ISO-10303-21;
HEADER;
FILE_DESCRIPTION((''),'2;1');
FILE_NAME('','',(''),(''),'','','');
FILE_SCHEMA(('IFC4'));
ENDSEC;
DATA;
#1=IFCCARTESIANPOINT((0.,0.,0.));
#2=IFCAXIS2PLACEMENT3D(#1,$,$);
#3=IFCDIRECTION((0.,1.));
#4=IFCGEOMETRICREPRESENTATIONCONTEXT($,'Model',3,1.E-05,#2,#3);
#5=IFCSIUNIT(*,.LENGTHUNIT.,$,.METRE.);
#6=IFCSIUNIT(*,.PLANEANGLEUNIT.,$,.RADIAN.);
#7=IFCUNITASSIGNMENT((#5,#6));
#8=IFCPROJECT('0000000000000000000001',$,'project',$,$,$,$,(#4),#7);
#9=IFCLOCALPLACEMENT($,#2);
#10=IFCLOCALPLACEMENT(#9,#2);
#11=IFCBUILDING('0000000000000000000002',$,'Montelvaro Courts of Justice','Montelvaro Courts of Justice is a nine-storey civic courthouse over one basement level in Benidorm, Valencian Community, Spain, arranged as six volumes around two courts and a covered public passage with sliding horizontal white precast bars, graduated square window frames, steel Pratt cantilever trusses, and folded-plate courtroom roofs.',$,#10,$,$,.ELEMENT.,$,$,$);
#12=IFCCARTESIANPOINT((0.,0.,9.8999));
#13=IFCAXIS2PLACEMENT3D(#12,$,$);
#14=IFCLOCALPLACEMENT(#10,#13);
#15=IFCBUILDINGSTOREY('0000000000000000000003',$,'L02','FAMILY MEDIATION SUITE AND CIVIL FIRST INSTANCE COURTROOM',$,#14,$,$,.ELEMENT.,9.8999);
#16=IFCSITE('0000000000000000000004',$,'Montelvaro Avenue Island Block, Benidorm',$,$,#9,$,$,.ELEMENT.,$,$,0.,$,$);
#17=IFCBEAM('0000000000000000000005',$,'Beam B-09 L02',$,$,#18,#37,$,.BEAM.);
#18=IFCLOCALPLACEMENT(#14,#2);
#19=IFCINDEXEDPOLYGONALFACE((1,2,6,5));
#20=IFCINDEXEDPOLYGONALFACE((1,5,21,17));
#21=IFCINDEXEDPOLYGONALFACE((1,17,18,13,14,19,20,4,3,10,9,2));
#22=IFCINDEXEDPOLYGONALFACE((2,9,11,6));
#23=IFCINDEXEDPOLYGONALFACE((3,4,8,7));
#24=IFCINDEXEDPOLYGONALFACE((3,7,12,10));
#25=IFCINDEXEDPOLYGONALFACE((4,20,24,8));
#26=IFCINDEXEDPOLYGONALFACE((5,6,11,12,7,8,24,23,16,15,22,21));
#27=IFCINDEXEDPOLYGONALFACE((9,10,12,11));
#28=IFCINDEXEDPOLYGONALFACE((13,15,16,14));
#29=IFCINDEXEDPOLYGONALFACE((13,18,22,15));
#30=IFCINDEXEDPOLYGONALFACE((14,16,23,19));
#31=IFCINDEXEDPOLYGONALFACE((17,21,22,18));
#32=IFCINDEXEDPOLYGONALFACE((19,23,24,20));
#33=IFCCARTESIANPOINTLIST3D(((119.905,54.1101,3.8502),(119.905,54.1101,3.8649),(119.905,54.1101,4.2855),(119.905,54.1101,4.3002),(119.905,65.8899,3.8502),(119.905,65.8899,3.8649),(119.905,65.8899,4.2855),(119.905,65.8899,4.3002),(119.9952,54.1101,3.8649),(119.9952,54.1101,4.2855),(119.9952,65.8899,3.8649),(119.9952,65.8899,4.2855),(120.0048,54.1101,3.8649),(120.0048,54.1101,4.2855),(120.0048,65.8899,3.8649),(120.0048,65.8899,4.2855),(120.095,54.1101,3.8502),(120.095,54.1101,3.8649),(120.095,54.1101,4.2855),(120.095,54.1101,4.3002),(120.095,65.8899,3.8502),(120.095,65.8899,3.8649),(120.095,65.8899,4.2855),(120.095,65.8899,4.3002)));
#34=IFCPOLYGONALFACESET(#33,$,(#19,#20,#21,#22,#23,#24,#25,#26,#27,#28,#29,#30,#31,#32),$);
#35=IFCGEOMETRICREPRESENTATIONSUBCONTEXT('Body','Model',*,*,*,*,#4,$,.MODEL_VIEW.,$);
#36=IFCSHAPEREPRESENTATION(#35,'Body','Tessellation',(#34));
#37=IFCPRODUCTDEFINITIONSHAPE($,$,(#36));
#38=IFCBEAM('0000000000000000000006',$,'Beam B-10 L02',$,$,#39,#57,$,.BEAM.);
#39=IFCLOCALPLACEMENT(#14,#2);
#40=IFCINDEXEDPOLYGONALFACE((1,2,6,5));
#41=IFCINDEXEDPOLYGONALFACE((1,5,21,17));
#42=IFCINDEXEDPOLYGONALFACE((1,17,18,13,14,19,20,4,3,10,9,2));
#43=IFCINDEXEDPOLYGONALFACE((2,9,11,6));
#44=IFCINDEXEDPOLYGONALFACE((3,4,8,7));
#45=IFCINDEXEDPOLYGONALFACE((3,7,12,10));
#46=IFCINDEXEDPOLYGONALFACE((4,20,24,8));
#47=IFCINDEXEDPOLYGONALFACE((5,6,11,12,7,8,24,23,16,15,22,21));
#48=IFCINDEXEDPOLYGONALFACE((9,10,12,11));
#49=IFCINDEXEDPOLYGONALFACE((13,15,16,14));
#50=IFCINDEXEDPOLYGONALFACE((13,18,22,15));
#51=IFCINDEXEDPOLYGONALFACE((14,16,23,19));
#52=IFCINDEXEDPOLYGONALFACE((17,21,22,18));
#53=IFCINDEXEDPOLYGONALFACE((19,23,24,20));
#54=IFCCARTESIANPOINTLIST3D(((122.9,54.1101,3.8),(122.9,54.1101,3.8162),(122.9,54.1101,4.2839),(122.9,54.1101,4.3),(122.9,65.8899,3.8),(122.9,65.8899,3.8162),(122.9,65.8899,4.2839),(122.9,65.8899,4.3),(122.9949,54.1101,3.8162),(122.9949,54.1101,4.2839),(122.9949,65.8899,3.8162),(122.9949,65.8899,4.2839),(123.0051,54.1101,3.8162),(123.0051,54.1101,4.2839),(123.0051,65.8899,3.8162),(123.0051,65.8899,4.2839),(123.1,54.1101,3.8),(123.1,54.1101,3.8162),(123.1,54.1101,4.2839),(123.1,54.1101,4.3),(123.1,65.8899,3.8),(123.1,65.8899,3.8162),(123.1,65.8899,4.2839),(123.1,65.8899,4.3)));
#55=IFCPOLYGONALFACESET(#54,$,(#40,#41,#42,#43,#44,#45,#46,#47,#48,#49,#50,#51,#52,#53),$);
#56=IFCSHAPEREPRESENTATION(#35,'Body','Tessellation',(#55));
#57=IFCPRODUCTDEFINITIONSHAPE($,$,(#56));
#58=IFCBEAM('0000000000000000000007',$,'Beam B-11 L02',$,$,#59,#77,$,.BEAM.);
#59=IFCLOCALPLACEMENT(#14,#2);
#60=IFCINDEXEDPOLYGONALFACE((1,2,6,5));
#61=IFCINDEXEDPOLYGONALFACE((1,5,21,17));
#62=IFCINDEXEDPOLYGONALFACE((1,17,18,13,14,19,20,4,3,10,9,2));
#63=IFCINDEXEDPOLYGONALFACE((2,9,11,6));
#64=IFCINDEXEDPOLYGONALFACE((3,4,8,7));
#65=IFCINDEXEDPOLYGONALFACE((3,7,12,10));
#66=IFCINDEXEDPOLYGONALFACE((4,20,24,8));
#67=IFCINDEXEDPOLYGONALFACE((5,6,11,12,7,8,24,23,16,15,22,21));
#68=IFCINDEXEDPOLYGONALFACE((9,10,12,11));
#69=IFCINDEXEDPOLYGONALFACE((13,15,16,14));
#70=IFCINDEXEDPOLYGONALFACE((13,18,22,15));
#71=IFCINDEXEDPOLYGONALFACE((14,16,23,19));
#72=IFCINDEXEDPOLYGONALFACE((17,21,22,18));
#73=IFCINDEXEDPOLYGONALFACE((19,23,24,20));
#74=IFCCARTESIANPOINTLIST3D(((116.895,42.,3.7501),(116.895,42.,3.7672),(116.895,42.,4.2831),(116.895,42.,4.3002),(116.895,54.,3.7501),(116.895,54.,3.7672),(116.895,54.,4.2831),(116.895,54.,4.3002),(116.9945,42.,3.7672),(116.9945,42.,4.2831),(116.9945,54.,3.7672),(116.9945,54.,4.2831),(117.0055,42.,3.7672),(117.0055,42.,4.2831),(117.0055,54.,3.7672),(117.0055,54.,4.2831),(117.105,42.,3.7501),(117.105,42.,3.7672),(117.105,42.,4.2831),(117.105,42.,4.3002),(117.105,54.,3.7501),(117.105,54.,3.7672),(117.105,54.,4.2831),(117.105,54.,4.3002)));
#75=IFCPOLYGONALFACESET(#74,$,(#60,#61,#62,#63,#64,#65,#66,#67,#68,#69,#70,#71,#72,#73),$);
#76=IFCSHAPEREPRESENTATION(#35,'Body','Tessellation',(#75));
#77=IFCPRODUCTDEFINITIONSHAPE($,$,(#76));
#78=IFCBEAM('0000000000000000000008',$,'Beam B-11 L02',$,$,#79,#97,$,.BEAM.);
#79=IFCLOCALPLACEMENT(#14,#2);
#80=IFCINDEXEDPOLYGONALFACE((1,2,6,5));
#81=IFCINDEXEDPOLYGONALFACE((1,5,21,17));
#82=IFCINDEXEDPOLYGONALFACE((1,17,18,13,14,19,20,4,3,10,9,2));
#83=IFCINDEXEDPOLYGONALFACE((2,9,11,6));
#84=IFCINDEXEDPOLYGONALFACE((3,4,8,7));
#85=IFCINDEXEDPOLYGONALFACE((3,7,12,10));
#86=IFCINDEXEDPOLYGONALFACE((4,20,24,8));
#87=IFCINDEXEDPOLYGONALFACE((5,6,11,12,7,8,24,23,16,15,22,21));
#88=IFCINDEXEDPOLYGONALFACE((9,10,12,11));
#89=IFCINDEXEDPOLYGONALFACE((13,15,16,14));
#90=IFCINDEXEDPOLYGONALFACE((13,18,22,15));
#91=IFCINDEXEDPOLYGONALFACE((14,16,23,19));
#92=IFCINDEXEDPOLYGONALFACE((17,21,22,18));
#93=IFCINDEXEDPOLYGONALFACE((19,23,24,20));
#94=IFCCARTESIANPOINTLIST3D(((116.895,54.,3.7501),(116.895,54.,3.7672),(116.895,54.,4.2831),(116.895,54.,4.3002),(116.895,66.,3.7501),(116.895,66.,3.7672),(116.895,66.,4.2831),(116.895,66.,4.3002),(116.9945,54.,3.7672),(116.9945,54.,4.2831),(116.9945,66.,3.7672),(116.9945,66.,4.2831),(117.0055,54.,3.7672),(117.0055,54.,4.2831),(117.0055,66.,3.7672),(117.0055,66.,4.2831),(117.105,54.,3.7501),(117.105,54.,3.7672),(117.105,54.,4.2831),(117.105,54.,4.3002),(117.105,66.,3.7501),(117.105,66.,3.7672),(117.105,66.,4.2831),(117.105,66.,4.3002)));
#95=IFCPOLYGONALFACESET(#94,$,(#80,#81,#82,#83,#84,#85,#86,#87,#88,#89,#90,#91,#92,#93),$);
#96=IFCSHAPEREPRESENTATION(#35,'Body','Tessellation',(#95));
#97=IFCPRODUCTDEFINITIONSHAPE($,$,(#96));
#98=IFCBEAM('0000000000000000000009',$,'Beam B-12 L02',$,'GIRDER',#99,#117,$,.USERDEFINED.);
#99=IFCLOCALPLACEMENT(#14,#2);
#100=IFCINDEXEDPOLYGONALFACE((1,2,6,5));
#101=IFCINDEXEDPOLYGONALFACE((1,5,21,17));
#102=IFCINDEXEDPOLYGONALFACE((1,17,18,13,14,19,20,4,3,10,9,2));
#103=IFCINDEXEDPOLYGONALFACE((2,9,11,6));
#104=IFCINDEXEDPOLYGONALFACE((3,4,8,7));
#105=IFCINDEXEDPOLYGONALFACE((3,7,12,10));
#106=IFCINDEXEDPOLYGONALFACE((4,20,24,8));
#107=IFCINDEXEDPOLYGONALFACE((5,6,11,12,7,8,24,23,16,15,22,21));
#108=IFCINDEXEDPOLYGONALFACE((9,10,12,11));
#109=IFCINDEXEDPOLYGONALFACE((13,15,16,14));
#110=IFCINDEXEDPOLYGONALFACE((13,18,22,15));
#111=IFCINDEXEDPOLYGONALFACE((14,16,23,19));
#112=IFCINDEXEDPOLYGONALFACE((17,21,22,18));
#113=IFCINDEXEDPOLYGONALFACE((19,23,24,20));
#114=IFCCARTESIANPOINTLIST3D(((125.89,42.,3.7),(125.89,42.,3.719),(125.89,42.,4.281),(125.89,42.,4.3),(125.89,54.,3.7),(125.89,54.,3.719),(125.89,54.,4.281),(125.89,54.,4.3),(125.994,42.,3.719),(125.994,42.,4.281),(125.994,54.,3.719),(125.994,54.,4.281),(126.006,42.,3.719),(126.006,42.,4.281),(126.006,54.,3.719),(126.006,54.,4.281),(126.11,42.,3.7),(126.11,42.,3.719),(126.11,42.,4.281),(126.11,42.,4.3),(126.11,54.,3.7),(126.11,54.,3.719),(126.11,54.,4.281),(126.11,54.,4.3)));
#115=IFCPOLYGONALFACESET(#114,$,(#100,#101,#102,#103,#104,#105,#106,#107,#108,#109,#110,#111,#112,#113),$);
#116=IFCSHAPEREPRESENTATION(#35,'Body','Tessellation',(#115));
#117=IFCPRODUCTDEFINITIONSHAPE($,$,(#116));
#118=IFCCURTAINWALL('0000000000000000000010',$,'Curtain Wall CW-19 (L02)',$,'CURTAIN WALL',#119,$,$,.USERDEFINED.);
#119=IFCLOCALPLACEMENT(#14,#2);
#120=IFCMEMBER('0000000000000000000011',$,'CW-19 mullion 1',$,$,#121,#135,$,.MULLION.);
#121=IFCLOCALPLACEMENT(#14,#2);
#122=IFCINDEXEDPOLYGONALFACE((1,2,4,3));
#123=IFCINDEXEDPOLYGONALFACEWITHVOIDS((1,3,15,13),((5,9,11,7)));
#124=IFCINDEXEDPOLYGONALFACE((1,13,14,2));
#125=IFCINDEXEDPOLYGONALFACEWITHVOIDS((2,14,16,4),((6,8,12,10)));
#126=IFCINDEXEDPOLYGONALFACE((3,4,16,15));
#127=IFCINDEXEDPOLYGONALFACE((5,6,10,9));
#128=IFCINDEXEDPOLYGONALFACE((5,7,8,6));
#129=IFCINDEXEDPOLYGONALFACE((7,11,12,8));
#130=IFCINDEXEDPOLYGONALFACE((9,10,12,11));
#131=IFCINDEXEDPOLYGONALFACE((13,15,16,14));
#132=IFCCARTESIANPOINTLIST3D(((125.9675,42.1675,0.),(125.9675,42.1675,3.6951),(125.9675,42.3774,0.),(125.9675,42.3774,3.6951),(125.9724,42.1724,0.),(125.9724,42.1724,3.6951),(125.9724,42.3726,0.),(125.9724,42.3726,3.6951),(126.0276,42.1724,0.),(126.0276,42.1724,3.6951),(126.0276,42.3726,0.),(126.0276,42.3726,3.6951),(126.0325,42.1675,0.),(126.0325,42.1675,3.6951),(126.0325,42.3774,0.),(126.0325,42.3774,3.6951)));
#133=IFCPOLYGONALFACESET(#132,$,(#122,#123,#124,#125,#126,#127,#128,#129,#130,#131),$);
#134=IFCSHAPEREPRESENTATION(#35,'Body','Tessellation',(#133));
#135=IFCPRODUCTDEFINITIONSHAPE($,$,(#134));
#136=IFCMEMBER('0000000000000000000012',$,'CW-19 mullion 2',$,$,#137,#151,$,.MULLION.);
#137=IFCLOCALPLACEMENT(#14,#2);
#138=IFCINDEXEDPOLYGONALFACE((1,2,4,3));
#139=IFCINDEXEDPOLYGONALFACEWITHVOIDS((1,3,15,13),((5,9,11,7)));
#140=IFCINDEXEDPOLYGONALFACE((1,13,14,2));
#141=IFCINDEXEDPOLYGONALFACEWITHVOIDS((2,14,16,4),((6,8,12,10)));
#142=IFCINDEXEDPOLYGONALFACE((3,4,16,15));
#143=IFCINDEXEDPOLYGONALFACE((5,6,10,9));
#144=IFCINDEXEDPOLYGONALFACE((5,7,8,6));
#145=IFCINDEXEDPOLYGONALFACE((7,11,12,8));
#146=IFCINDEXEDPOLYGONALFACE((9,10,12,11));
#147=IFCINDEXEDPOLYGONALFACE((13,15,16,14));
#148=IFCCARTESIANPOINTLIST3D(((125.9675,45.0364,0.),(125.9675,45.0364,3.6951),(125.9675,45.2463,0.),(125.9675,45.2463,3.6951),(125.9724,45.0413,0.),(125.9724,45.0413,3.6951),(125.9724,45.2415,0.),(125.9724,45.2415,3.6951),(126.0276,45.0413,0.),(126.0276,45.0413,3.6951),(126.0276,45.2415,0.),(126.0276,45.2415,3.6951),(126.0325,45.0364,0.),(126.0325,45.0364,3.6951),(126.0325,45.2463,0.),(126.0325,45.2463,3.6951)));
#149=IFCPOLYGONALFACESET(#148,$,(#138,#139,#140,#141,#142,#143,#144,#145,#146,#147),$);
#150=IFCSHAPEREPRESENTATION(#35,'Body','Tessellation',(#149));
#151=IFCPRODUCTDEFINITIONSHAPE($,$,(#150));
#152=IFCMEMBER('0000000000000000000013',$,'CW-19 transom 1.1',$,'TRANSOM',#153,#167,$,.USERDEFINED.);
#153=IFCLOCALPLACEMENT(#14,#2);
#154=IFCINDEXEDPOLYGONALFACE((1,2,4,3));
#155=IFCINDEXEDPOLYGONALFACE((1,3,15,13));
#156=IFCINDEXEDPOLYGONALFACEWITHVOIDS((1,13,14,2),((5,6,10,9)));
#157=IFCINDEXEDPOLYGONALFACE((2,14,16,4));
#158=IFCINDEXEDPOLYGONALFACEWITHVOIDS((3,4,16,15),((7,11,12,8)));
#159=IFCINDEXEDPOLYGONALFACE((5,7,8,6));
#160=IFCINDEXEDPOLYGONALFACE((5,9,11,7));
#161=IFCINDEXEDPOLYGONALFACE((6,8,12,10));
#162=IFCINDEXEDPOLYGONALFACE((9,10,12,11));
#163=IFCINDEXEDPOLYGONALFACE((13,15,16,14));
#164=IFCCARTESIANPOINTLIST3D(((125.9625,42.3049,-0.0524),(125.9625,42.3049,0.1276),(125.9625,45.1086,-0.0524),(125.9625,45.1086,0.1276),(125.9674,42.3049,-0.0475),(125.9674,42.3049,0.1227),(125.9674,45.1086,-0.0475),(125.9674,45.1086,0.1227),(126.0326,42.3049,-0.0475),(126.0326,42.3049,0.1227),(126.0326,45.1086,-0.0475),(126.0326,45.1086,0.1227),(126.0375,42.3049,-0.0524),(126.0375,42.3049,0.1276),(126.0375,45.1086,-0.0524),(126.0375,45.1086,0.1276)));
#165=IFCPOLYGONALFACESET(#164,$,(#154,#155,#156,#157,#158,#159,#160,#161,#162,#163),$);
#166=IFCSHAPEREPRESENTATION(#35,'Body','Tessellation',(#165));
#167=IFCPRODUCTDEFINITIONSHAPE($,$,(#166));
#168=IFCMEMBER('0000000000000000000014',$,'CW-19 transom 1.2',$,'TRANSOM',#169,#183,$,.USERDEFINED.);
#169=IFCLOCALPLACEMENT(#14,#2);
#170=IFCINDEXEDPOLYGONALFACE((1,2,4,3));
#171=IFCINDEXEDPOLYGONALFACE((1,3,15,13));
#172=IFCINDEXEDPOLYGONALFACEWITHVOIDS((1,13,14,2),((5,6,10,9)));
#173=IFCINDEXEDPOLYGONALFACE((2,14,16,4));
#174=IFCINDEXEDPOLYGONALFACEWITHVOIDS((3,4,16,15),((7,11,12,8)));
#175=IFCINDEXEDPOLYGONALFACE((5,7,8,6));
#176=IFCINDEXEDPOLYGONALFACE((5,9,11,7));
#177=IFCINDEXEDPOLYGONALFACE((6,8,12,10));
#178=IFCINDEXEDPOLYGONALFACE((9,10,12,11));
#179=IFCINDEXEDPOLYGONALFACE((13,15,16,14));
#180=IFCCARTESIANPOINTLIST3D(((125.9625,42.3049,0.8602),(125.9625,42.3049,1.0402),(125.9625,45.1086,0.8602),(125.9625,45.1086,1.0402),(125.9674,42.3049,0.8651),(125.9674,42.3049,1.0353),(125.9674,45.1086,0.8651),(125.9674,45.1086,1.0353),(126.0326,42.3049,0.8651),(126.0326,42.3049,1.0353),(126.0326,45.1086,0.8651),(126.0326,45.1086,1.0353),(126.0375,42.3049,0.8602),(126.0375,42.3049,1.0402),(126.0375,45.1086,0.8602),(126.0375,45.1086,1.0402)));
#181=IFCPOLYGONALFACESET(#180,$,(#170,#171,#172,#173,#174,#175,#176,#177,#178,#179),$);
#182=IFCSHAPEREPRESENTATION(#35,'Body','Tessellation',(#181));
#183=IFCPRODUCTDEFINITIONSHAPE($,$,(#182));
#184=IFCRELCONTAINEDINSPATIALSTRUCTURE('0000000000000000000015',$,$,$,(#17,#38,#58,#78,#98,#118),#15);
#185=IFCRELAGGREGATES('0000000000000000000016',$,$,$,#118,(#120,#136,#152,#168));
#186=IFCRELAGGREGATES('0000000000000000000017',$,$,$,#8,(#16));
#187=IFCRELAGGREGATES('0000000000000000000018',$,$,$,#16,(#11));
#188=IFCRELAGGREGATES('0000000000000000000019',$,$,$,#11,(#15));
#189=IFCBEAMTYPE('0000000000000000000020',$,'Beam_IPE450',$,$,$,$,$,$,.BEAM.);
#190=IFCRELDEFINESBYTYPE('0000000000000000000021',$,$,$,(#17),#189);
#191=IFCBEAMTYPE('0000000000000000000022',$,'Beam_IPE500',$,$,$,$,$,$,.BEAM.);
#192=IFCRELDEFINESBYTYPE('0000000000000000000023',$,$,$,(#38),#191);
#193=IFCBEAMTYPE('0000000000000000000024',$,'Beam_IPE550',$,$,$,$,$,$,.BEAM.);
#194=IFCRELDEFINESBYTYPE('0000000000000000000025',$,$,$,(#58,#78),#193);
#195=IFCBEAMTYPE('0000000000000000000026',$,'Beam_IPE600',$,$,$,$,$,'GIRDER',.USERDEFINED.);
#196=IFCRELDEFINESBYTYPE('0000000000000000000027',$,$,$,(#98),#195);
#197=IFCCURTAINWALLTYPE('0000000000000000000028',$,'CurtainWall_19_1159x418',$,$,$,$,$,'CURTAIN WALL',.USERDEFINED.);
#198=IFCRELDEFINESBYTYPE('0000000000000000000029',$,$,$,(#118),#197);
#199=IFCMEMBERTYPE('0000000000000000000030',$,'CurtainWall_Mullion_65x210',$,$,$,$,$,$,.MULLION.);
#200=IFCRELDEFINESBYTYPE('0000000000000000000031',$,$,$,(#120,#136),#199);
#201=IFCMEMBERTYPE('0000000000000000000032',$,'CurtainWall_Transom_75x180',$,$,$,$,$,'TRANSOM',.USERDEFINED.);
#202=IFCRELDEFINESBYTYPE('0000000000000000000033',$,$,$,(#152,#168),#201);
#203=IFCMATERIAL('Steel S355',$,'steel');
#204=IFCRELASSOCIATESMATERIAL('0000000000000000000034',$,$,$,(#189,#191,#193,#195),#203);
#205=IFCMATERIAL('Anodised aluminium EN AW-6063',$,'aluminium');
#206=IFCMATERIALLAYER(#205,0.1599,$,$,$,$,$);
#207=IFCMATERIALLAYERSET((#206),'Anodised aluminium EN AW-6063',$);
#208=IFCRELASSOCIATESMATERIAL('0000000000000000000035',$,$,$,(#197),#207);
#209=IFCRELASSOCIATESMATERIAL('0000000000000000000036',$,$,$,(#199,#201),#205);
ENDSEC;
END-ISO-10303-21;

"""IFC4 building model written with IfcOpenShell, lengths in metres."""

from ifc_helpers import new_model, si_unit, direction, frame, origin, origin_2d, place, context, subcontext, project, spatial, hollow_rectangle, i_section, extrude, material, layer, layer_set, material_profile, profile_set, type_object, element, aggregate, save


model = new_model("IFC4")

# Units and contexts
model_context = context("Model", 3, precision=1e-05, world=origin(), true_north=direction((0.0, 1.0)))
body_context = subcontext(model_context, "Body", "Model", "MODEL_VIEW")
ifc_project = project(units=[si_unit("LENGTHUNIT", "METRE"), si_unit("PLANEANGLEUNIT", "RADIAN")], contexts=[model_context])

# Site, building, storey
site_placement = place(None, origin())
site = spatial("IfcSite", under=ifc_project, at=site_placement, Name="Montelvaro Avenue Island Block, Benidorm", CompositionType="ELEMENT", RefElevation=0.0)
building_placement = place(site_placement, origin())
building = spatial("IfcBuilding", under=site, at=building_placement, Name="Montelvaro Courts of Justice", Description="Montelvaro Courts of Justice is a nine-storey civic courthouse over one basement level in Benidorm, Valencian Community, Spain, arranged as six volumes around two courts and a covered public passage with sliding horizontal white precast bars, graduated square window frames, steel Pratt cantilever trusses, and folded-plate courtroom roofs.", CompositionType="ELEMENT")
storey_placement = place(building_placement, frame((0.0, 0.0, 9.8999)))
storey = spatial("IfcBuildingStorey", under=building, at=storey_placement, Name="L02", Description="FAMILY MEDIATION SUITE AND CIVIL FIRST INSTANCE COURTROOM", CompositionType="ELEMENT", Elevation=9.8999)

# Shared definitions
ifc_material_1 = material(Name="Steel S355", Category="steel")

# Beams
ifc_material_profile_1 = material_profile(ifc_material_1, i_section(OverallWidth=0.1899, OverallDepth=0.45, WebThickness=0.0095, FlangeThickness=0.0146, at=origin_2d()), Name="IPE 450")
ifc_profile_set_1 = profile_set([ifc_material_profile_1], Name="Steel S355")
beam_type_1 = type_object("IfcBeamType", Name="Beam_IPE450", PredefinedType="BEAM", material=ifc_profile_set_1)
for number, where, z_axis, x_axis, name in (
    (1, (120.0, 54.1101, 4.0752), (0.0, 1.0, 0.0), (-1.0, 0.0, 0.0), "Beam B-09 L02"),
):
    element("IfcBeam", number, at=place(storey_placement, frame(where, z_axis=z_axis, x_axis=x_axis)), inside=storey, type_object=beam_type_1, Name=name, PredefinedType="BEAM", context=body_context, shape_type="SweptSolid", body=[
        extrude(i_section(OverallWidth=0.1899, OverallDepth=0.45, WebThickness=0.0095, FlangeThickness=0.0146, at=origin_2d()), origin(), (0.0, 0.0, 1.0), 11.7798),
    ])
ifc_material_profile_2 = material_profile(ifc_material_1, i_section(OverallWidth=0.2, OverallDepth=0.5, WebThickness=0.0103, FlangeThickness=0.0161, at=origin_2d()), Name="IPE 500")
ifc_profile_set_2 = profile_set([ifc_material_profile_2], Name="Steel S355")
beam_type_2 = type_object("IfcBeamType", Name="Beam_IPE500", PredefinedType="BEAM", material=ifc_profile_set_2)
beam_1_placement = place(storey_placement, frame((123.0, 54.1101, 4.05), z_axis=(0.0, 1.0, 0.0), x_axis=(-1.0, 0.0, 0.0)))
element("IfcBeam", 2, at=beam_1_placement, inside=storey, type_object=beam_type_2, Name="Beam B-10 L02", PredefinedType="BEAM", context=body_context, shape_type="SweptSolid", body=[
    extrude(i_section(OverallWidth=0.2, OverallDepth=0.5, WebThickness=0.0103, FlangeThickness=0.0161, at=origin_2d()), origin(), (0.0, 0.0, 1.0), 11.7798),
])
ifc_material_profile_3 = material_profile(ifc_material_1, i_section(OverallWidth=0.21, OverallDepth=0.55, WebThickness=0.011, FlangeThickness=0.0171, at=origin_2d()), Name="IPE 550")
ifc_profile_set_3 = profile_set([ifc_material_profile_3], Name="Steel S355")
beam_type_3 = type_object("IfcBeamType", Name="Beam_IPE550", PredefinedType="BEAM", material=ifc_profile_set_3)
for number, where, z_axis, x_axis, name in (
    (3, (117.0, 42.0, 4.0251), (0.0, 1.0, 0.0), (-1.0, 0.0, 0.0), "Beam B-11 L02"),
    (4, (117.0, 54.0, 4.0251), (0.0, 1.0, 0.0), (-1.0, 0.0, 0.0), "Beam B-11 L02"),
):
    element("IfcBeam", number, at=place(storey_placement, frame(where, z_axis=z_axis, x_axis=x_axis)), inside=storey, type_object=beam_type_3, Name=name, PredefinedType="BEAM", context=body_context, shape_type="SweptSolid", body=[
        extrude(i_section(OverallWidth=0.21, OverallDepth=0.55, WebThickness=0.011, FlangeThickness=0.0171, at=origin_2d()), origin(), (0.0, 0.0, 1.0), 12.0),
    ])
ifc_material_profile_4 = material_profile(ifc_material_1, i_section(OverallWidth=0.22, OverallDepth=0.6001, WebThickness=0.012, FlangeThickness=0.019, at=origin_2d()), Name="IPE 600")
ifc_profile_set_4 = profile_set([ifc_material_profile_4], Name="Steel S355")
beam_type_4 = type_object("IfcBeamType", Name="Beam_IPE600", ElementType="GIRDER", PredefinedType="USERDEFINED", material=ifc_profile_set_4)
beam_2_placement = place(storey_placement, frame((126.0, 42.0, 4.0), z_axis=(0.0, 1.0, 0.0), x_axis=(-1.0, 0.0, 0.0)))
element("IfcBeam", 5, at=beam_2_placement, inside=storey, type_object=beam_type_4, Name="Beam B-12 L02", ObjectType="GIRDER", PredefinedType="USERDEFINED", context=body_context, shape_type="SweptSolid", body=[
    extrude(i_section(OverallWidth=0.22, OverallDepth=0.6001, WebThickness=0.012, FlangeThickness=0.019, at=origin_2d()), origin(), (0.0, 0.0, 1.0), 12.0),
])

# Curtain wall, members
ifc_material_2 = material(Name="Anodised aluminium EN AW-6063", Category="aluminium")
ifc_layer_1 = layer(ifc_material_2, 0.1599)
ifc_layer_set_1 = layer_set([ifc_layer_1], Name="Anodised aluminium EN AW-6063")
curtain_wall_type = type_object("IfcCurtainWallType", Name="CurtainWall_19_1159x418", ElementType="CURTAIN WALL", PredefinedType="USERDEFINED", material=ifc_layer_set_1)
curtain_wall_placement = place(storey_placement, origin())
curtain_wall = element("IfcCurtainWall", 6, at=curtain_wall_placement, inside=storey, type_object=curtain_wall_type, Name="Curtain Wall CW-19 (L02)", ObjectType="CURTAIN WALL", PredefinedType="USERDEFINED")
ifc_material_profile_5 = material_profile(ifc_material_2, hollow_rectangle(XDim=0.0649, YDim=0.21, WallThickness=0.0049, at=origin_2d()), Name="ALU-M 65x210")
ifc_profile_set_5 = profile_set([ifc_material_profile_5], Name="Anodised aluminium EN AW-6063")
member_type_1 = type_object("IfcMemberType", Name="CurtainWall_Mullion_65x210", PredefinedType="MULLION", material=ifc_profile_set_5)
member_1_placement = place(storey_placement, frame((126.0, 42.2725, 0.0), z_axis=(0.0, 0.0, 1.0), x_axis=(-1.0, 0.0, 0.0)))
member_1 = element("IfcMember", 7, at=member_1_placement, type_object=member_type_1, Name="CW-19 mullion 1", PredefinedType="MULLION", context=body_context, shape_type="SweptSolid", body=[
    extrude(hollow_rectangle(XDim=0.0649, YDim=0.21, WallThickness=0.0049, at=origin_2d()), origin(), (0.0, 0.0, 1.0), 3.6951),
])
member_2_placement = place(storey_placement, frame((126.0, 45.1414, 0.0), z_axis=(0.0, 0.0, 1.0), x_axis=(-1.0, 0.0, 0.0)))
member_2 = element("IfcMember", 8, at=member_2_placement, type_object=member_type_1, Name="CW-19 mullion 2", PredefinedType="MULLION", context=body_context, shape_type="SweptSolid", body=[
    extrude(hollow_rectangle(XDim=0.0649, YDim=0.21, WallThickness=0.0049, at=origin_2d()), origin(), (0.0, 0.0, 1.0), 3.6951),
])
ifc_material_profile_6 = material_profile(ifc_material_2, hollow_rectangle(XDim=0.075, YDim=0.1799, WallThickness=0.0049, at=origin_2d()), Name="ALU-T 75x180")
ifc_profile_set_6 = profile_set([ifc_material_profile_6], Name="Anodised aluminium EN AW-6063")
member_type_2 = type_object("IfcMemberType", Name="CurtainWall_Transom_75x180", ElementType="TRANSOM", PredefinedType="USERDEFINED", material=ifc_profile_set_6)
member_3_placement = place(storey_placement, frame((126.0, 42.3049, 0.0376), z_axis=(0.0, 1.0, 0.0), x_axis=(-1.0, 0.0, 0.0)))
member_3 = element("IfcMember", 9, at=member_3_placement, type_object=member_type_2, Name="CW-19 transom 1.1", ObjectType="TRANSOM", PredefinedType="USERDEFINED", context=body_context, shape_type="SweptSolid", body=[
    extrude(hollow_rectangle(XDim=0.075, YDim=0.1799, WallThickness=0.0049, at=origin_2d()), origin(), (0.0, 0.0, 1.0), 2.8037),
])
member_4_placement = place(storey_placement, frame((126.0, 42.3049, 0.9502), z_axis=(0.0, 1.0, 0.0), x_axis=(-1.0, 0.0, 0.0)))
member_4 = element("IfcMember", 10, at=member_4_placement, type_object=member_type_2, Name="CW-19 transom 1.2", ObjectType="TRANSOM", PredefinedType="USERDEFINED", context=body_context, shape_type="SweptSolid", body=[
    extrude(hollow_rectangle(XDim=0.075, YDim=0.1799, WallThickness=0.0049, at=origin_2d()), origin(), (0.0, 0.0, 1.0), 2.8037),
])

aggregate(curtain_wall, [member_1, member_2, member_3, member_4])

save(model, "model.ifc")
